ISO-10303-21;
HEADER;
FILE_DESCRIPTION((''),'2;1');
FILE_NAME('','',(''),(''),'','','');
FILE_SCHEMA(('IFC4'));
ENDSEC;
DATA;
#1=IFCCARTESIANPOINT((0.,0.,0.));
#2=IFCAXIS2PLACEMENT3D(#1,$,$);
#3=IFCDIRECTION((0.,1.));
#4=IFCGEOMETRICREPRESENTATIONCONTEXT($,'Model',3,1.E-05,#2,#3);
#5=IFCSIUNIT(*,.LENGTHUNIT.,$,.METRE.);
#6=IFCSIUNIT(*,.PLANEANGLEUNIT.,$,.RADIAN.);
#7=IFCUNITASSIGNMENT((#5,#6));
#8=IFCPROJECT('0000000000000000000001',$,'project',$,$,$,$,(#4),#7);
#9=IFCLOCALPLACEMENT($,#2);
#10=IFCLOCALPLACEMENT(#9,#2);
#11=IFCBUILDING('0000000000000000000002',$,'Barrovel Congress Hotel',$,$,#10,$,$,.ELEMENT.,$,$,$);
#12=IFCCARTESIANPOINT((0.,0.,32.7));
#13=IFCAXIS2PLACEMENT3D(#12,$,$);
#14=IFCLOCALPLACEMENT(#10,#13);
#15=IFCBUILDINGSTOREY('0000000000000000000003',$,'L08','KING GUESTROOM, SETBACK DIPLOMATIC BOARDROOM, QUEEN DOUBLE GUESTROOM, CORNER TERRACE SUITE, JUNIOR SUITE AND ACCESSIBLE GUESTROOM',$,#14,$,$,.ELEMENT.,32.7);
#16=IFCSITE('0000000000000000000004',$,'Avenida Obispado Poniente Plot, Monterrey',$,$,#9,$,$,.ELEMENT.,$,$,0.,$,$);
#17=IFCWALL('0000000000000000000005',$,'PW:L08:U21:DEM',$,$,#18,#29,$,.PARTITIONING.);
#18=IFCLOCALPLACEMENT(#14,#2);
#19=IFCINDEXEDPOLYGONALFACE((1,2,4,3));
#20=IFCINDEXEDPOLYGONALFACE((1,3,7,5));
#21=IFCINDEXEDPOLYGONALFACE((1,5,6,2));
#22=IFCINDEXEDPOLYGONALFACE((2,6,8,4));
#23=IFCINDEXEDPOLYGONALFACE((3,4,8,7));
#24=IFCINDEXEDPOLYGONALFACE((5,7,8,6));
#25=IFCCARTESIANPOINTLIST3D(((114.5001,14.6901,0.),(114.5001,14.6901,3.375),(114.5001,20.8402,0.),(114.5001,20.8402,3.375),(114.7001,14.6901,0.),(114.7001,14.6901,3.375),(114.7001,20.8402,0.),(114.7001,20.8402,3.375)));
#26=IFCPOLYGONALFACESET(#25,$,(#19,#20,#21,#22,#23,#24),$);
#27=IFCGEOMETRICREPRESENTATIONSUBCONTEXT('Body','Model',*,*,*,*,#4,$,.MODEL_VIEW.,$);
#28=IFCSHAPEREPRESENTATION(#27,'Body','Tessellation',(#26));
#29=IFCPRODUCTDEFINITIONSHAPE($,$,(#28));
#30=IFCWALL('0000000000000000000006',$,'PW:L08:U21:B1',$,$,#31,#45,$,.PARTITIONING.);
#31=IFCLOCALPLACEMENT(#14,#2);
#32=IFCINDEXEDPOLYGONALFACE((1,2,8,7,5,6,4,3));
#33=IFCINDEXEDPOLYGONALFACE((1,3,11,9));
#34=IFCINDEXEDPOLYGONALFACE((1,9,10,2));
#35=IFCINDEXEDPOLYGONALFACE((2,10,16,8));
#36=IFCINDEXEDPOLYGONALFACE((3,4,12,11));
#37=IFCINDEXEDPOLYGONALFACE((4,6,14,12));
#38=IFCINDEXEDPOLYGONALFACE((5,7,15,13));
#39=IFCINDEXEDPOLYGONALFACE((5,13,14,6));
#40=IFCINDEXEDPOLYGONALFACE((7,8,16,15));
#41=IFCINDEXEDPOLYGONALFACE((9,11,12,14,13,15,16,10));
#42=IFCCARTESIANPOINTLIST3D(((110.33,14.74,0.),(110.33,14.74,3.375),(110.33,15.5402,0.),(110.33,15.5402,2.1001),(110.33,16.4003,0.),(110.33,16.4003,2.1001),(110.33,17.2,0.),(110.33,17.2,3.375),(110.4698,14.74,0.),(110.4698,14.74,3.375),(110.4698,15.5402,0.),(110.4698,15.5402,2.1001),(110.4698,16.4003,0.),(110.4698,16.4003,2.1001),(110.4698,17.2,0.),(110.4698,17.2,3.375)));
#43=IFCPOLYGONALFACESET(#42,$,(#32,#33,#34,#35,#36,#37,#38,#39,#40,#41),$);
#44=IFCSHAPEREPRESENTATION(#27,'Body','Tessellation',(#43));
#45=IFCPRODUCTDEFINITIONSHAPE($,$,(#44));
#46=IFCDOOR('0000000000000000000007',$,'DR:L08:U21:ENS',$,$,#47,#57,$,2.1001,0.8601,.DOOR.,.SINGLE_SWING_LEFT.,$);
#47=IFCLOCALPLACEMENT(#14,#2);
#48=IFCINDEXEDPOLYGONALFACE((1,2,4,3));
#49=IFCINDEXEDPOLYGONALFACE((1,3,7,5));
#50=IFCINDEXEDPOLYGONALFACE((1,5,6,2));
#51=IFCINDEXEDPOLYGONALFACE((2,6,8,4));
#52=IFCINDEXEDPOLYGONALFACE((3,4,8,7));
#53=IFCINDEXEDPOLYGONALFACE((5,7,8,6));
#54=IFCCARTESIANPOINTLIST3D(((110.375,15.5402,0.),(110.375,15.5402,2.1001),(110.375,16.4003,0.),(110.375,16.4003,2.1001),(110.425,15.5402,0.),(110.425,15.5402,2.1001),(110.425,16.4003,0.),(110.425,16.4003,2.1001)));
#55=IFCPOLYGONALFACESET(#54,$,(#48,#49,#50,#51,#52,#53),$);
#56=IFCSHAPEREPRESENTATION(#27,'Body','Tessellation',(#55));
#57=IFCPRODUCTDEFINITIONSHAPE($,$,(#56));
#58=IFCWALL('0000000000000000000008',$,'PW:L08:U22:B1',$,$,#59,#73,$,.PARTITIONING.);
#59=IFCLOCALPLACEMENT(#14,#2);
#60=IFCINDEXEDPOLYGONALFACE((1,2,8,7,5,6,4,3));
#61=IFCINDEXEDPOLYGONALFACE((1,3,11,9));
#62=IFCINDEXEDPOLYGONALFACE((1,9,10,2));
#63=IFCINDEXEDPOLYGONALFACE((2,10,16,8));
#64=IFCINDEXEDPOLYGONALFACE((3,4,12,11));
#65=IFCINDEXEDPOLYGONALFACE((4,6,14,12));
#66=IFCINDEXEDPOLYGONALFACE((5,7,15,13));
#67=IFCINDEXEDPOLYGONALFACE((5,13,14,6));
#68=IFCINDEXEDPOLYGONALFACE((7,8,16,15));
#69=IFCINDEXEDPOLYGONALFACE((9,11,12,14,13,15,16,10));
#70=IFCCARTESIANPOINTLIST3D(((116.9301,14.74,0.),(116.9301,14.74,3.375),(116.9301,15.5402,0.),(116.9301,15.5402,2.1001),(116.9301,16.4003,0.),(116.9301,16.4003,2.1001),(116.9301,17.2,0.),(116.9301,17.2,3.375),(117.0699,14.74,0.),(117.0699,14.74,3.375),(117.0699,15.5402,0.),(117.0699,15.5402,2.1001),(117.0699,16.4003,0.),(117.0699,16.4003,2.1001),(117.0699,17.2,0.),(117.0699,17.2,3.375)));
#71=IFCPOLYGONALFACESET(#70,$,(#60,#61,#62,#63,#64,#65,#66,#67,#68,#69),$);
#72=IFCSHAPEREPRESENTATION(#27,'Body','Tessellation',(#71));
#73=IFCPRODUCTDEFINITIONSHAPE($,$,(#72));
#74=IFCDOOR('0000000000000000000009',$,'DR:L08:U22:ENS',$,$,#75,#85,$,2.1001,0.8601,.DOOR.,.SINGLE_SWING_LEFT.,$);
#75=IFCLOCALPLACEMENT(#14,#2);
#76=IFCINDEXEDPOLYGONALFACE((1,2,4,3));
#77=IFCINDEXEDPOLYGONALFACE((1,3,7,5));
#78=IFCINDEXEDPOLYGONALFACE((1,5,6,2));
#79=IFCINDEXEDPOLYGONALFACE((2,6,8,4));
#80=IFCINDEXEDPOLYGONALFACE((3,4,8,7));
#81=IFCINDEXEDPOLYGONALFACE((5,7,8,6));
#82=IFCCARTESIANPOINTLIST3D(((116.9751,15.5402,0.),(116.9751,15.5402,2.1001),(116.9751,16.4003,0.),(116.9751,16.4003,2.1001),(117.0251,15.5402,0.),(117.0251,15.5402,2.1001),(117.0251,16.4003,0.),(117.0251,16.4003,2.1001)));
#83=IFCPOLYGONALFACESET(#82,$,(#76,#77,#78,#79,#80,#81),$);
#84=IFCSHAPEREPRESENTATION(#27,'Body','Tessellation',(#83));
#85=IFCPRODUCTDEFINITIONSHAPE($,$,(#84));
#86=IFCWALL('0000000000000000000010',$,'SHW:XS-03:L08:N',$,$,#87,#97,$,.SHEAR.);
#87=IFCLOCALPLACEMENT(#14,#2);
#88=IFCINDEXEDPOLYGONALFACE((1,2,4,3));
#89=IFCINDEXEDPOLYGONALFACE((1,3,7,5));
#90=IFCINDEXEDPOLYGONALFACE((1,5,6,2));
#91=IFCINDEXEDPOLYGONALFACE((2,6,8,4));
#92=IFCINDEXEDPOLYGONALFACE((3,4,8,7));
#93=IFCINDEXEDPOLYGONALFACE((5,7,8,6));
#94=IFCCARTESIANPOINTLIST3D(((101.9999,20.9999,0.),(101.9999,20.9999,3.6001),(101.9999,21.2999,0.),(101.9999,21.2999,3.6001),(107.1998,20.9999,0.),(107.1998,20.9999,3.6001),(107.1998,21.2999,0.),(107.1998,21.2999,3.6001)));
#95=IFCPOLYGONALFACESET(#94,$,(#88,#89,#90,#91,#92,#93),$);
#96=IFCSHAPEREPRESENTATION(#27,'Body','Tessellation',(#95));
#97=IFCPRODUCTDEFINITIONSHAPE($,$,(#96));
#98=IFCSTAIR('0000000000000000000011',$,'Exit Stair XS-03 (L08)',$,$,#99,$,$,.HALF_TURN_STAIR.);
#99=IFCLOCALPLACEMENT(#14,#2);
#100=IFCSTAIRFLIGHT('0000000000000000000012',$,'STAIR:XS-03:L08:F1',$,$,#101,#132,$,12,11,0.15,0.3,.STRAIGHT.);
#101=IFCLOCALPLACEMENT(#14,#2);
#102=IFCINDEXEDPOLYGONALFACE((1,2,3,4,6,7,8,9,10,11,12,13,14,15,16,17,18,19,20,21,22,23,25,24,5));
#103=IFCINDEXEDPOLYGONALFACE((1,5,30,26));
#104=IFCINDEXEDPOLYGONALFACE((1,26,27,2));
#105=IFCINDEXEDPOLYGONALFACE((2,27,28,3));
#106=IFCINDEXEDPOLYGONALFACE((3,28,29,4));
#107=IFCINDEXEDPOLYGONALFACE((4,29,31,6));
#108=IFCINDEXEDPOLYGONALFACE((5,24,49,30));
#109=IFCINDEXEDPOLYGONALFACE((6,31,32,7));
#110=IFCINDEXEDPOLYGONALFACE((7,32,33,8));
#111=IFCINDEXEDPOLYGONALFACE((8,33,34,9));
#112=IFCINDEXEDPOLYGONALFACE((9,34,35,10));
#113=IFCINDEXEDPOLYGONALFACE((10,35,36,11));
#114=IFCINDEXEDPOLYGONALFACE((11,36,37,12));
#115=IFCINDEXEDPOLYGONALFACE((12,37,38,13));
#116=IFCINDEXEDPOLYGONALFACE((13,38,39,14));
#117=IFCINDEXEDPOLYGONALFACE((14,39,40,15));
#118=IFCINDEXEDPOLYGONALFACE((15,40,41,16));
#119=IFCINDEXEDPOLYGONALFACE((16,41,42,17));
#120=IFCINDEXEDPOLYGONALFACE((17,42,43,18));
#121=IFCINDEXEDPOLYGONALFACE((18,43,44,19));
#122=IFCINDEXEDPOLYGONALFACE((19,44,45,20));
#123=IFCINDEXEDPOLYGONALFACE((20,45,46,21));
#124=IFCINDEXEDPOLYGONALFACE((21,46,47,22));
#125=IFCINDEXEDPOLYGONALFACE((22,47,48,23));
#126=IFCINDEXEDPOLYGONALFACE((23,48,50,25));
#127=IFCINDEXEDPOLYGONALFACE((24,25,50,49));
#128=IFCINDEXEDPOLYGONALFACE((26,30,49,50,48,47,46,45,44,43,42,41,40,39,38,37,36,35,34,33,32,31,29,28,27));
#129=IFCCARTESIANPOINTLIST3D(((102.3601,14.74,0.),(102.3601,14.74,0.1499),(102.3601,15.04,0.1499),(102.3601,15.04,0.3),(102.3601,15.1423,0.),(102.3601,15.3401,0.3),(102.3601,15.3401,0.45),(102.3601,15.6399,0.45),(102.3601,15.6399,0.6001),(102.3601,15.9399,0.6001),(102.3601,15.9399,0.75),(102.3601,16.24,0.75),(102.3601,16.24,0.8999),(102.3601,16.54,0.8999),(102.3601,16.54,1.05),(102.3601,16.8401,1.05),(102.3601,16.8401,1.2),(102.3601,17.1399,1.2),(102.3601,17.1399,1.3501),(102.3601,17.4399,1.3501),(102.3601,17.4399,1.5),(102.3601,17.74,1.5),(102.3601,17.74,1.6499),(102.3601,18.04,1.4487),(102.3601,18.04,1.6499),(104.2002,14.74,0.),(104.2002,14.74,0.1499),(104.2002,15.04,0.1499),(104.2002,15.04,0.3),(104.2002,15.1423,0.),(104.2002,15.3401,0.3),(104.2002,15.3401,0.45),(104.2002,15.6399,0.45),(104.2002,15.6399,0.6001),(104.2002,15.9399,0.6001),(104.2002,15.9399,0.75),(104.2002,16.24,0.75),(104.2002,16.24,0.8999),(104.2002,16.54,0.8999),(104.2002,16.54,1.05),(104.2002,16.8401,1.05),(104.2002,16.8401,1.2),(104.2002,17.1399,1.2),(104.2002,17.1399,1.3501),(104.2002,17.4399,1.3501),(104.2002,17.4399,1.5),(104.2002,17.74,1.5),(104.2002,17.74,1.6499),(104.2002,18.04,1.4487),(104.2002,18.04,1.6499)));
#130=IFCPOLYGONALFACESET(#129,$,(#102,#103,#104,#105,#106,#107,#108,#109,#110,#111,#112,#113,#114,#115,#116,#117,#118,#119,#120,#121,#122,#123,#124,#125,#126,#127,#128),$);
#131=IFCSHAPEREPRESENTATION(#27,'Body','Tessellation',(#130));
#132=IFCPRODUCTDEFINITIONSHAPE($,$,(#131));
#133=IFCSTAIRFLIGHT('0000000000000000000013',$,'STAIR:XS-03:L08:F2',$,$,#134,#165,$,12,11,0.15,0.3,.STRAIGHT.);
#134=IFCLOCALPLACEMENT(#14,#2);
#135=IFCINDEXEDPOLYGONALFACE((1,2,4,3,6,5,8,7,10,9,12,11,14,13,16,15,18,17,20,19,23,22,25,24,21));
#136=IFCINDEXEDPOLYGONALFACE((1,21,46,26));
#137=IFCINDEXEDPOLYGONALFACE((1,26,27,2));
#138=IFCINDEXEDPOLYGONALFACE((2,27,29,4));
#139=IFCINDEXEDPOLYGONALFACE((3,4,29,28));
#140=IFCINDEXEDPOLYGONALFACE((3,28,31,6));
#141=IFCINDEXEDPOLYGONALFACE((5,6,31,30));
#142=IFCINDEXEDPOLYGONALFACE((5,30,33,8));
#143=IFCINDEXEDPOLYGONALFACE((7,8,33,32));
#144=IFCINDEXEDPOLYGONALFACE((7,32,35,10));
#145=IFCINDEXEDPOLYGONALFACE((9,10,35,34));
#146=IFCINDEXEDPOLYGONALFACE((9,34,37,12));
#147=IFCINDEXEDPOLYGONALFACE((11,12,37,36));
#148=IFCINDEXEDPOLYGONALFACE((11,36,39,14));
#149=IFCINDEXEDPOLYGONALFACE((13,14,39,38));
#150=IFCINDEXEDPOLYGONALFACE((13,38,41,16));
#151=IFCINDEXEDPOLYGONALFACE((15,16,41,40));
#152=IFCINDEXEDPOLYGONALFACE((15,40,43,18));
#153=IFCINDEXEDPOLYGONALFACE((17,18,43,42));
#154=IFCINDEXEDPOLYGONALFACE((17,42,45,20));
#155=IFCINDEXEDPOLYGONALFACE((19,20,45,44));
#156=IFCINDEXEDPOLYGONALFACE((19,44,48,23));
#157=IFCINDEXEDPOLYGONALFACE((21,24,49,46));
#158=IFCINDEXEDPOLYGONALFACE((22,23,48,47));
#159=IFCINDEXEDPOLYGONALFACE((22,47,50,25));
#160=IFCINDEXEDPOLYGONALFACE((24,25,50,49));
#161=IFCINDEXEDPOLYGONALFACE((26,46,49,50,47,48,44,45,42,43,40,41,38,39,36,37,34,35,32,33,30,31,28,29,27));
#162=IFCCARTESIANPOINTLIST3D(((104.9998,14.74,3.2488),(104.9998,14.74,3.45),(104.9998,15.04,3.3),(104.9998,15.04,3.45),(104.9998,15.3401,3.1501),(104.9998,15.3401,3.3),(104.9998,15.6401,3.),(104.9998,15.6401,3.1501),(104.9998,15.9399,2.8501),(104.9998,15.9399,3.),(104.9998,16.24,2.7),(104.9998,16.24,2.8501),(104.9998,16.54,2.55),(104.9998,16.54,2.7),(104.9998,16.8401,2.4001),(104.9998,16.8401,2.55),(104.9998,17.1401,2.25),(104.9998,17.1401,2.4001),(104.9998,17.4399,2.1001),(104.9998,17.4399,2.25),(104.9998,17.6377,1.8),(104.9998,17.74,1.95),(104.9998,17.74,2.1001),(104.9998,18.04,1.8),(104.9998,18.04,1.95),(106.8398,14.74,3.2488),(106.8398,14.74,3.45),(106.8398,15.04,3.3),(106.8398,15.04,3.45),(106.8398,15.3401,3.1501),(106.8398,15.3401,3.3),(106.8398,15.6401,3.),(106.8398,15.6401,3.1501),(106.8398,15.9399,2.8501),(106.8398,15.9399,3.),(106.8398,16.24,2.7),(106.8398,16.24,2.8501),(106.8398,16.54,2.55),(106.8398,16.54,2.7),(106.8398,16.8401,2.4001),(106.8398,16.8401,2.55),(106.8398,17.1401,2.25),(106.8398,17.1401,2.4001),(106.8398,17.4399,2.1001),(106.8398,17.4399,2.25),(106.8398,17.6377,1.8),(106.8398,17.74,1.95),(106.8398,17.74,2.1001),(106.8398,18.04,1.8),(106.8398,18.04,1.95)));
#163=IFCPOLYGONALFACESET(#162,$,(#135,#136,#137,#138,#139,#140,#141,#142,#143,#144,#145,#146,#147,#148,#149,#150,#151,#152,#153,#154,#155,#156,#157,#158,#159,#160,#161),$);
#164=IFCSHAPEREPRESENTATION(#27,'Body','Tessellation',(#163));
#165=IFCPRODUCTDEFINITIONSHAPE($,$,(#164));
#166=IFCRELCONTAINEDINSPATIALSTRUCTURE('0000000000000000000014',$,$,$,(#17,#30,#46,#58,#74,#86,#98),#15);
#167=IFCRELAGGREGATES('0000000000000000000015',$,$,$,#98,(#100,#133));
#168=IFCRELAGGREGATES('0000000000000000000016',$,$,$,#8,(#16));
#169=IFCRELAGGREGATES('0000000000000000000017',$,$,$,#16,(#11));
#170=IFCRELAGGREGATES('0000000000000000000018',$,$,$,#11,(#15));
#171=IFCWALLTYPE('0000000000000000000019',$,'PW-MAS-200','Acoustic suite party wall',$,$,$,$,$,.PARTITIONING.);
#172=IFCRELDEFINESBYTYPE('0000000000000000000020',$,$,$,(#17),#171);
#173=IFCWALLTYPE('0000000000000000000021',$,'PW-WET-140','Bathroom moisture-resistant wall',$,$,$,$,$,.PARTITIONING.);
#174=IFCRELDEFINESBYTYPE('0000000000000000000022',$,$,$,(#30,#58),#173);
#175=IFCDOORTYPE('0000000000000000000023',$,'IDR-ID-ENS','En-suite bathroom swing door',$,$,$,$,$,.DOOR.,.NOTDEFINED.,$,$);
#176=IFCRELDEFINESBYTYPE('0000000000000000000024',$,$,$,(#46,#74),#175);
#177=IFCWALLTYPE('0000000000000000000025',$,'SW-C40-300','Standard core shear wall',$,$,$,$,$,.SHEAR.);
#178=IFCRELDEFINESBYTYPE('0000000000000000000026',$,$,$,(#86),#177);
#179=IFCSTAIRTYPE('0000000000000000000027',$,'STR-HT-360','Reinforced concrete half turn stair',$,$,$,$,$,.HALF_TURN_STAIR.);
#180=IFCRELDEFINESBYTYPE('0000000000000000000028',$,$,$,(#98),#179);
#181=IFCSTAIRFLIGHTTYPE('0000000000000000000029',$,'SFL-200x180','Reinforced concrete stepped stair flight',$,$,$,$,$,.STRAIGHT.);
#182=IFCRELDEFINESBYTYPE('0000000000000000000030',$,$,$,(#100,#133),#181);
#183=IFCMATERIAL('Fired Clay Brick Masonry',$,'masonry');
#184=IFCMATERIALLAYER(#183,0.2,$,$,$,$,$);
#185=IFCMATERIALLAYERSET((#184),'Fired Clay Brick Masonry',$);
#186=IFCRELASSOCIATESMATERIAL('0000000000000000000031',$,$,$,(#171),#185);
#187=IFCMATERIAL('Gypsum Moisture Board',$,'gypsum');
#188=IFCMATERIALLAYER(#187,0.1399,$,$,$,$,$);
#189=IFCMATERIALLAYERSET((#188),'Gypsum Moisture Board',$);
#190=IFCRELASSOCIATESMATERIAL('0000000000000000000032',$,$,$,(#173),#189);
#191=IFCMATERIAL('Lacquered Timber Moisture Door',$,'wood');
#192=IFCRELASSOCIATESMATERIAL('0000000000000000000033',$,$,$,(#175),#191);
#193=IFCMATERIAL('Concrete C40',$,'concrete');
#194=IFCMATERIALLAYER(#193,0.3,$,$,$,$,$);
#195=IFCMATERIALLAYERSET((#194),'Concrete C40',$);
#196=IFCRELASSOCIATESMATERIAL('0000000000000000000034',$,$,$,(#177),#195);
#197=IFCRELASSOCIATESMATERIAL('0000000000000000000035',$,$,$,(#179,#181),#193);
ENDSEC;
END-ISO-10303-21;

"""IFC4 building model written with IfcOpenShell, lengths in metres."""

from ifc_helpers import new_model, si_unit, direction, frame, frame_2d, origin, place, context, subcontext, project, spatial, polyline, rectangle, outline, extrude, material, layer, layer_set, type_object, element, fill, aggregate, save


model = new_model("IFC4")

# Units and contexts
model_context = context("Model", 3, precision=1e-05, world=origin(), true_north=direction((0.0, 1.0)))
body_context = subcontext(model_context, "Body", "Model", "MODEL_VIEW")
ifc_project = project(units=[si_unit("LENGTHUNIT", "METRE"), si_unit("PLANEANGLEUNIT", "RADIAN")], contexts=[model_context])

# Site, building, storey
site_placement = place(None, origin())
site = spatial("IfcSite", under=ifc_project, at=site_placement, Name="Avenida Obispado Poniente Plot, Monterrey", CompositionType="ELEMENT", RefElevation=0.0)
building_placement = place(site_placement, origin())
building = spatial("IfcBuilding", under=site, at=building_placement, Name="Barrovel Congress Hotel", CompositionType="ELEMENT")
storey_placement = place(building_placement, frame((0.0, 0.0, 32.7)))
storey = spatial("IfcBuildingStorey", under=building, at=storey_placement, Name="L08", Description="KING GUESTROOM, SETBACK DIPLOMATIC BOARDROOM, QUEEN DOUBLE GUESTROOM, CORNER TERRACE SUITE, JUNIOR SUITE AND ACCESSIBLE GUESTROOM", CompositionType="ELEMENT", Elevation=32.7)

# Shared definitions
ifc_material_1 = material(Name="Concrete C40", Category="concrete")

# Shared definitions
ifc_material_2 = material(Name="Fired Clay Brick Masonry", Category="masonry")

# Wall
ifc_layer_1 = layer(ifc_material_2, 0.2)
ifc_layer_set_1 = layer_set([ifc_layer_1], Name="Fired Clay Brick Masonry")
wall_type_1 = type_object("IfcWallType", Name="PW-MAS-200", Description="Acoustic suite party wall", PredefinedType="PARTITIONING", material=ifc_layer_set_1)
wall_1_placement = place(storey_placement, frame((114.6001, 14.6899, 0.0), z_axis=(0.0, 0.0, 1.0), x_axis=(0.0, 1.0, 0.0)))
element("IfcWall", 1, at=wall_1_placement, inside=storey, type_object=wall_type_1, Name="PW:L08:U21:DEM", PredefinedType="PARTITIONING", context=body_context, shape_type="SweptSolid", body=[
    extrude(rectangle(XDim=6.1501, YDim=0.2, at=frame_2d((3.0752, 0.0))), origin(), (0.0, 0.0, 1.0), 3.375),
])

# Walls, openings, doors
ifc_material_3 = material(Name="Gypsum Moisture Board", Category="gypsum")
ifc_layer_2 = layer(ifc_material_3, 0.1399)
ifc_layer_set_2 = layer_set([ifc_layer_2], Name="Gypsum Moisture Board")
wall_type_2 = type_object("IfcWallType", Name="PW-WET-140", Description="Bathroom moisture-resistant wall", PredefinedType="PARTITIONING", material=ifc_layer_set_2)
wall_2_placement = place(storey_placement, frame((110.3999, 14.74, 0.0), z_axis=(0.0, 0.0, 1.0), x_axis=(0.0, 1.0, 0.0)))
wall_2 = element("IfcWall", 2, at=wall_2_placement, inside=storey, type_object=wall_type_2, Name="PW:L08:U21:B1", PredefinedType="PARTITIONING", context=body_context, shape_type="SweptSolid", body=[
    extrude(rectangle(XDim=2.46, YDim=0.1399, at=frame_2d((1.23, 0.0))), origin(), (0.0, 0.0, 1.0), 3.375),
])
opening_1_placement = place(wall_2_placement, frame((0.8, 0.0, 0.0)))
opening_1 = element("IfcOpeningElement", 3, at=opening_1_placement, cuts=wall_2, PredefinedType="OPENING", context=body_context, shape_type="SweptSolid", body=[
    extrude(rectangle(XDim=0.8601, YDim=2.1001, at=frame_2d((0.4302, 1.05))), frame((0.0, 0.0801, 0.0), z_axis=(0.0, -1.0, 0.0), x_axis=(1.0, 0.0, 0.0)), (0.0, 0.0, 1.0), 0.1599),
])
ifc_material_4 = material(Name="Lacquered Timber Moisture Door", Category="wood")
door_type_1 = type_object("IfcDoorType", Name="IDR-ID-ENS", Description="En-suite bathroom swing door", OperationType="NOTDEFINED", PredefinedType="DOOR", material=ifc_material_4)
door_1_placement = place(opening_1_placement, origin())
door_1 = element("IfcDoor", 4, at=door_1_placement, inside=storey, type_object=door_type_1, Name="DR:L08:U21:ENS", OperationType="SINGLE_SWING_LEFT", OverallHeight=2.1001, OverallWidth=0.8601, PredefinedType="DOOR", context=body_context, shape_type="SweptSolid", body=[
    extrude(rectangle(XDim=0.8601, YDim=2.1001, at=frame_2d((0.4302, 1.05))), frame((0.0, 0.0249, 0.0), z_axis=(0.0, -1.0, 0.0), x_axis=(1.0, 0.0, 0.0)), (0.0, 0.0, 1.0), 0.05),
])
fill(opening_1, door_1)
wall_3_placement = place(storey_placement, frame((117.0, 14.74, 0.0), z_axis=(0.0, 0.0, 1.0), x_axis=(0.0, 1.0, 0.0)))
wall_3 = element("IfcWall", 5, at=wall_3_placement, inside=storey, type_object=wall_type_2, Name="PW:L08:U22:B1", PredefinedType="PARTITIONING", context=body_context, shape_type="SweptSolid", body=[
    extrude(rectangle(XDim=2.46, YDim=0.1399, at=frame_2d((1.23, 0.0))), origin(), (0.0, 0.0, 1.0), 3.375),
])
opening_2_placement = place(wall_3_placement, frame((0.8, 0.0, 0.0)))
opening_2 = element("IfcOpeningElement", 6, at=opening_2_placement, cuts=wall_3, PredefinedType="OPENING", context=body_context, shape_type="SweptSolid", body=[
    extrude(rectangle(XDim=0.8601, YDim=2.1001, at=frame_2d((0.4302, 1.05))), frame((0.0, 0.0801, 0.0), z_axis=(0.0, -1.0, 0.0), x_axis=(1.0, 0.0, 0.0)), (0.0, 0.0, 1.0), 0.1599),
])
door_2_placement = place(opening_2_placement, origin())
door_2 = element("IfcDoor", 7, at=door_2_placement, inside=storey, type_object=door_type_1, Name="DR:L08:U22:ENS", OperationType="SINGLE_SWING_LEFT", OverallHeight=2.1001, OverallWidth=0.8601, PredefinedType="DOOR", context=body_context, shape_type="SweptSolid", body=[
    extrude(rectangle(XDim=0.8601, YDim=2.1001, at=frame_2d((0.4302, 1.05))), frame((0.0, 0.0249, 0.0), z_axis=(0.0, -1.0, 0.0), x_axis=(1.0, 0.0, 0.0)), (0.0, 0.0, 1.0), 0.05),
])
fill(opening_2, door_2)

# Wall
ifc_layer_3 = layer(ifc_material_1, 0.3)
ifc_layer_set_3 = layer_set([ifc_layer_3], Name="Concrete C40")
wall_type_3 = type_object("IfcWallType", Name="SW-C40-300", Description="Standard core shear wall", PredefinedType="SHEAR", material=ifc_layer_set_3)
wall_4_placement = place(storey_placement, frame((107.2, 21.1499, 0.0), z_axis=(0.0, 0.0, 1.0), x_axis=(-1.0, 0.0, 0.0)))
element("IfcWall", 8, at=wall_4_placement, inside=storey, type_object=wall_type_3, Name="SHW:XS-03:L08:N", PredefinedType="SHEAR", context=body_context, shape_type="SweptSolid", body=[
    extrude(rectangle(XDim=5.2, YDim=0.3, at=frame_2d((2.6001, 0.0))), origin(), (0.0, 0.0, 1.0), 3.6001),
])

# Stair, stair flights
stair_type = type_object("IfcStairType", Name="STR-HT-360", Description="Reinforced concrete half turn stair", PredefinedType="HALF_TURN_STAIR", material=ifc_material_1)
stair_placement = place(storey_placement, origin())
stair = element("IfcStair", 9, at=stair_placement, inside=storey, type_object=stair_type, Name="Exit Stair XS-03 (L08)", PredefinedType="HALF_TURN_STAIR")
stair_flight_type = type_object("IfcStairFlightType", Name="SFL-200x180", Description="Reinforced concrete stepped stair flight", PredefinedType="STRAIGHT", material=ifc_material_1)
stair_flight_1_placement = place(storey_placement, frame((103.28, 14.74, 0.0), z_axis=(0.0, 0.0, 1.0), x_axis=(0.0, 1.0, 0.0)))
stair_flight_1 = element("IfcStairFlight", 10, at=stair_flight_1_placement, type_object=stair_flight_type, Name="STAIR:XS-03:L08:F1", NumberOfRisers=12, NumberOfTreads=11, PredefinedType="STRAIGHT", RiserHeight=0.15, TreadLength=0.3, context=body_context, shape_type="SweptSolid", body=[
    extrude(outline(polyline([(0.0, 0.0), (0.0, 0.1499), (0.3, 0.1499), (0.3, 0.3), (0.6001, 0.3), (0.6001, 0.45), (0.8999, 0.45), (0.8999, 0.6001), (1.2, 0.6001), (1.2, 0.75), (1.5, 0.75), (1.5, 0.8999), (1.8, 0.8999), (1.8, 1.05), (2.1001, 1.05), (2.1001, 1.2), (2.3999, 1.2), (2.3999, 1.3501), (2.7, 1.3501), (2.7, 1.5), (3.0, 1.5), (3.0, 1.6499), (3.3, 1.6499), (3.3, 1.8), (3.3, 1.4487), (0.4023, 0.0), (0.0, 0.0)])), frame((0.0, 0.9199, 0.0), z_axis=(0.0, -1.0, 0.0), x_axis=(1.0, 0.0, 0.0)), (0.0, 0.0, 1.0), 1.8401),
])
stair_flight_2_placement = place(storey_placement, frame((105.9199, 18.04, 1.8), z_axis=(0.0, 0.0, 1.0), x_axis=(0.0, -1.0, 0.0)))
stair_flight_2 = element("IfcStairFlight", 11, at=stair_flight_2_placement, type_object=stair_flight_type, Name="STAIR:XS-03:L08:F2", NumberOfRisers=12, NumberOfTreads=11, PredefinedType="STRAIGHT", RiserHeight=0.15, TreadLength=0.3, context=body_context, shape_type="SweptSolid", body=[
    extrude(outline(polyline([(0.0, 0.0), (0.0, 0.1499), (0.3, 0.1499), (0.3, 0.3), (0.6001, 0.3), (0.6001, 0.45), (0.8999, 0.45), (0.8999, 0.6001), (1.2, 0.6001), (1.2, 0.75), (1.5, 0.75), (1.5, 0.8999), (1.8, 0.8999), (1.8, 1.05), (2.1001, 1.05), (2.1001, 1.2), (2.3999, 1.2), (2.3999, 1.3501), (2.7, 1.3501), (2.7, 1.5), (3.0, 1.5), (3.0, 1.6499), (3.3, 1.6499), (3.3, 1.8), (3.3, 1.4487), (0.4023, 0.0), (0.0, 0.0)])), frame((0.0, 0.9199, 0.0), z_axis=(0.0, -1.0, 0.0), x_axis=(1.0, 0.0, 0.0)), (0.0, 0.0, 1.0), 1.8401),
])
aggregate(stair, [stair_flight_1, stair_flight_2])

save(model, "model.ifc")
